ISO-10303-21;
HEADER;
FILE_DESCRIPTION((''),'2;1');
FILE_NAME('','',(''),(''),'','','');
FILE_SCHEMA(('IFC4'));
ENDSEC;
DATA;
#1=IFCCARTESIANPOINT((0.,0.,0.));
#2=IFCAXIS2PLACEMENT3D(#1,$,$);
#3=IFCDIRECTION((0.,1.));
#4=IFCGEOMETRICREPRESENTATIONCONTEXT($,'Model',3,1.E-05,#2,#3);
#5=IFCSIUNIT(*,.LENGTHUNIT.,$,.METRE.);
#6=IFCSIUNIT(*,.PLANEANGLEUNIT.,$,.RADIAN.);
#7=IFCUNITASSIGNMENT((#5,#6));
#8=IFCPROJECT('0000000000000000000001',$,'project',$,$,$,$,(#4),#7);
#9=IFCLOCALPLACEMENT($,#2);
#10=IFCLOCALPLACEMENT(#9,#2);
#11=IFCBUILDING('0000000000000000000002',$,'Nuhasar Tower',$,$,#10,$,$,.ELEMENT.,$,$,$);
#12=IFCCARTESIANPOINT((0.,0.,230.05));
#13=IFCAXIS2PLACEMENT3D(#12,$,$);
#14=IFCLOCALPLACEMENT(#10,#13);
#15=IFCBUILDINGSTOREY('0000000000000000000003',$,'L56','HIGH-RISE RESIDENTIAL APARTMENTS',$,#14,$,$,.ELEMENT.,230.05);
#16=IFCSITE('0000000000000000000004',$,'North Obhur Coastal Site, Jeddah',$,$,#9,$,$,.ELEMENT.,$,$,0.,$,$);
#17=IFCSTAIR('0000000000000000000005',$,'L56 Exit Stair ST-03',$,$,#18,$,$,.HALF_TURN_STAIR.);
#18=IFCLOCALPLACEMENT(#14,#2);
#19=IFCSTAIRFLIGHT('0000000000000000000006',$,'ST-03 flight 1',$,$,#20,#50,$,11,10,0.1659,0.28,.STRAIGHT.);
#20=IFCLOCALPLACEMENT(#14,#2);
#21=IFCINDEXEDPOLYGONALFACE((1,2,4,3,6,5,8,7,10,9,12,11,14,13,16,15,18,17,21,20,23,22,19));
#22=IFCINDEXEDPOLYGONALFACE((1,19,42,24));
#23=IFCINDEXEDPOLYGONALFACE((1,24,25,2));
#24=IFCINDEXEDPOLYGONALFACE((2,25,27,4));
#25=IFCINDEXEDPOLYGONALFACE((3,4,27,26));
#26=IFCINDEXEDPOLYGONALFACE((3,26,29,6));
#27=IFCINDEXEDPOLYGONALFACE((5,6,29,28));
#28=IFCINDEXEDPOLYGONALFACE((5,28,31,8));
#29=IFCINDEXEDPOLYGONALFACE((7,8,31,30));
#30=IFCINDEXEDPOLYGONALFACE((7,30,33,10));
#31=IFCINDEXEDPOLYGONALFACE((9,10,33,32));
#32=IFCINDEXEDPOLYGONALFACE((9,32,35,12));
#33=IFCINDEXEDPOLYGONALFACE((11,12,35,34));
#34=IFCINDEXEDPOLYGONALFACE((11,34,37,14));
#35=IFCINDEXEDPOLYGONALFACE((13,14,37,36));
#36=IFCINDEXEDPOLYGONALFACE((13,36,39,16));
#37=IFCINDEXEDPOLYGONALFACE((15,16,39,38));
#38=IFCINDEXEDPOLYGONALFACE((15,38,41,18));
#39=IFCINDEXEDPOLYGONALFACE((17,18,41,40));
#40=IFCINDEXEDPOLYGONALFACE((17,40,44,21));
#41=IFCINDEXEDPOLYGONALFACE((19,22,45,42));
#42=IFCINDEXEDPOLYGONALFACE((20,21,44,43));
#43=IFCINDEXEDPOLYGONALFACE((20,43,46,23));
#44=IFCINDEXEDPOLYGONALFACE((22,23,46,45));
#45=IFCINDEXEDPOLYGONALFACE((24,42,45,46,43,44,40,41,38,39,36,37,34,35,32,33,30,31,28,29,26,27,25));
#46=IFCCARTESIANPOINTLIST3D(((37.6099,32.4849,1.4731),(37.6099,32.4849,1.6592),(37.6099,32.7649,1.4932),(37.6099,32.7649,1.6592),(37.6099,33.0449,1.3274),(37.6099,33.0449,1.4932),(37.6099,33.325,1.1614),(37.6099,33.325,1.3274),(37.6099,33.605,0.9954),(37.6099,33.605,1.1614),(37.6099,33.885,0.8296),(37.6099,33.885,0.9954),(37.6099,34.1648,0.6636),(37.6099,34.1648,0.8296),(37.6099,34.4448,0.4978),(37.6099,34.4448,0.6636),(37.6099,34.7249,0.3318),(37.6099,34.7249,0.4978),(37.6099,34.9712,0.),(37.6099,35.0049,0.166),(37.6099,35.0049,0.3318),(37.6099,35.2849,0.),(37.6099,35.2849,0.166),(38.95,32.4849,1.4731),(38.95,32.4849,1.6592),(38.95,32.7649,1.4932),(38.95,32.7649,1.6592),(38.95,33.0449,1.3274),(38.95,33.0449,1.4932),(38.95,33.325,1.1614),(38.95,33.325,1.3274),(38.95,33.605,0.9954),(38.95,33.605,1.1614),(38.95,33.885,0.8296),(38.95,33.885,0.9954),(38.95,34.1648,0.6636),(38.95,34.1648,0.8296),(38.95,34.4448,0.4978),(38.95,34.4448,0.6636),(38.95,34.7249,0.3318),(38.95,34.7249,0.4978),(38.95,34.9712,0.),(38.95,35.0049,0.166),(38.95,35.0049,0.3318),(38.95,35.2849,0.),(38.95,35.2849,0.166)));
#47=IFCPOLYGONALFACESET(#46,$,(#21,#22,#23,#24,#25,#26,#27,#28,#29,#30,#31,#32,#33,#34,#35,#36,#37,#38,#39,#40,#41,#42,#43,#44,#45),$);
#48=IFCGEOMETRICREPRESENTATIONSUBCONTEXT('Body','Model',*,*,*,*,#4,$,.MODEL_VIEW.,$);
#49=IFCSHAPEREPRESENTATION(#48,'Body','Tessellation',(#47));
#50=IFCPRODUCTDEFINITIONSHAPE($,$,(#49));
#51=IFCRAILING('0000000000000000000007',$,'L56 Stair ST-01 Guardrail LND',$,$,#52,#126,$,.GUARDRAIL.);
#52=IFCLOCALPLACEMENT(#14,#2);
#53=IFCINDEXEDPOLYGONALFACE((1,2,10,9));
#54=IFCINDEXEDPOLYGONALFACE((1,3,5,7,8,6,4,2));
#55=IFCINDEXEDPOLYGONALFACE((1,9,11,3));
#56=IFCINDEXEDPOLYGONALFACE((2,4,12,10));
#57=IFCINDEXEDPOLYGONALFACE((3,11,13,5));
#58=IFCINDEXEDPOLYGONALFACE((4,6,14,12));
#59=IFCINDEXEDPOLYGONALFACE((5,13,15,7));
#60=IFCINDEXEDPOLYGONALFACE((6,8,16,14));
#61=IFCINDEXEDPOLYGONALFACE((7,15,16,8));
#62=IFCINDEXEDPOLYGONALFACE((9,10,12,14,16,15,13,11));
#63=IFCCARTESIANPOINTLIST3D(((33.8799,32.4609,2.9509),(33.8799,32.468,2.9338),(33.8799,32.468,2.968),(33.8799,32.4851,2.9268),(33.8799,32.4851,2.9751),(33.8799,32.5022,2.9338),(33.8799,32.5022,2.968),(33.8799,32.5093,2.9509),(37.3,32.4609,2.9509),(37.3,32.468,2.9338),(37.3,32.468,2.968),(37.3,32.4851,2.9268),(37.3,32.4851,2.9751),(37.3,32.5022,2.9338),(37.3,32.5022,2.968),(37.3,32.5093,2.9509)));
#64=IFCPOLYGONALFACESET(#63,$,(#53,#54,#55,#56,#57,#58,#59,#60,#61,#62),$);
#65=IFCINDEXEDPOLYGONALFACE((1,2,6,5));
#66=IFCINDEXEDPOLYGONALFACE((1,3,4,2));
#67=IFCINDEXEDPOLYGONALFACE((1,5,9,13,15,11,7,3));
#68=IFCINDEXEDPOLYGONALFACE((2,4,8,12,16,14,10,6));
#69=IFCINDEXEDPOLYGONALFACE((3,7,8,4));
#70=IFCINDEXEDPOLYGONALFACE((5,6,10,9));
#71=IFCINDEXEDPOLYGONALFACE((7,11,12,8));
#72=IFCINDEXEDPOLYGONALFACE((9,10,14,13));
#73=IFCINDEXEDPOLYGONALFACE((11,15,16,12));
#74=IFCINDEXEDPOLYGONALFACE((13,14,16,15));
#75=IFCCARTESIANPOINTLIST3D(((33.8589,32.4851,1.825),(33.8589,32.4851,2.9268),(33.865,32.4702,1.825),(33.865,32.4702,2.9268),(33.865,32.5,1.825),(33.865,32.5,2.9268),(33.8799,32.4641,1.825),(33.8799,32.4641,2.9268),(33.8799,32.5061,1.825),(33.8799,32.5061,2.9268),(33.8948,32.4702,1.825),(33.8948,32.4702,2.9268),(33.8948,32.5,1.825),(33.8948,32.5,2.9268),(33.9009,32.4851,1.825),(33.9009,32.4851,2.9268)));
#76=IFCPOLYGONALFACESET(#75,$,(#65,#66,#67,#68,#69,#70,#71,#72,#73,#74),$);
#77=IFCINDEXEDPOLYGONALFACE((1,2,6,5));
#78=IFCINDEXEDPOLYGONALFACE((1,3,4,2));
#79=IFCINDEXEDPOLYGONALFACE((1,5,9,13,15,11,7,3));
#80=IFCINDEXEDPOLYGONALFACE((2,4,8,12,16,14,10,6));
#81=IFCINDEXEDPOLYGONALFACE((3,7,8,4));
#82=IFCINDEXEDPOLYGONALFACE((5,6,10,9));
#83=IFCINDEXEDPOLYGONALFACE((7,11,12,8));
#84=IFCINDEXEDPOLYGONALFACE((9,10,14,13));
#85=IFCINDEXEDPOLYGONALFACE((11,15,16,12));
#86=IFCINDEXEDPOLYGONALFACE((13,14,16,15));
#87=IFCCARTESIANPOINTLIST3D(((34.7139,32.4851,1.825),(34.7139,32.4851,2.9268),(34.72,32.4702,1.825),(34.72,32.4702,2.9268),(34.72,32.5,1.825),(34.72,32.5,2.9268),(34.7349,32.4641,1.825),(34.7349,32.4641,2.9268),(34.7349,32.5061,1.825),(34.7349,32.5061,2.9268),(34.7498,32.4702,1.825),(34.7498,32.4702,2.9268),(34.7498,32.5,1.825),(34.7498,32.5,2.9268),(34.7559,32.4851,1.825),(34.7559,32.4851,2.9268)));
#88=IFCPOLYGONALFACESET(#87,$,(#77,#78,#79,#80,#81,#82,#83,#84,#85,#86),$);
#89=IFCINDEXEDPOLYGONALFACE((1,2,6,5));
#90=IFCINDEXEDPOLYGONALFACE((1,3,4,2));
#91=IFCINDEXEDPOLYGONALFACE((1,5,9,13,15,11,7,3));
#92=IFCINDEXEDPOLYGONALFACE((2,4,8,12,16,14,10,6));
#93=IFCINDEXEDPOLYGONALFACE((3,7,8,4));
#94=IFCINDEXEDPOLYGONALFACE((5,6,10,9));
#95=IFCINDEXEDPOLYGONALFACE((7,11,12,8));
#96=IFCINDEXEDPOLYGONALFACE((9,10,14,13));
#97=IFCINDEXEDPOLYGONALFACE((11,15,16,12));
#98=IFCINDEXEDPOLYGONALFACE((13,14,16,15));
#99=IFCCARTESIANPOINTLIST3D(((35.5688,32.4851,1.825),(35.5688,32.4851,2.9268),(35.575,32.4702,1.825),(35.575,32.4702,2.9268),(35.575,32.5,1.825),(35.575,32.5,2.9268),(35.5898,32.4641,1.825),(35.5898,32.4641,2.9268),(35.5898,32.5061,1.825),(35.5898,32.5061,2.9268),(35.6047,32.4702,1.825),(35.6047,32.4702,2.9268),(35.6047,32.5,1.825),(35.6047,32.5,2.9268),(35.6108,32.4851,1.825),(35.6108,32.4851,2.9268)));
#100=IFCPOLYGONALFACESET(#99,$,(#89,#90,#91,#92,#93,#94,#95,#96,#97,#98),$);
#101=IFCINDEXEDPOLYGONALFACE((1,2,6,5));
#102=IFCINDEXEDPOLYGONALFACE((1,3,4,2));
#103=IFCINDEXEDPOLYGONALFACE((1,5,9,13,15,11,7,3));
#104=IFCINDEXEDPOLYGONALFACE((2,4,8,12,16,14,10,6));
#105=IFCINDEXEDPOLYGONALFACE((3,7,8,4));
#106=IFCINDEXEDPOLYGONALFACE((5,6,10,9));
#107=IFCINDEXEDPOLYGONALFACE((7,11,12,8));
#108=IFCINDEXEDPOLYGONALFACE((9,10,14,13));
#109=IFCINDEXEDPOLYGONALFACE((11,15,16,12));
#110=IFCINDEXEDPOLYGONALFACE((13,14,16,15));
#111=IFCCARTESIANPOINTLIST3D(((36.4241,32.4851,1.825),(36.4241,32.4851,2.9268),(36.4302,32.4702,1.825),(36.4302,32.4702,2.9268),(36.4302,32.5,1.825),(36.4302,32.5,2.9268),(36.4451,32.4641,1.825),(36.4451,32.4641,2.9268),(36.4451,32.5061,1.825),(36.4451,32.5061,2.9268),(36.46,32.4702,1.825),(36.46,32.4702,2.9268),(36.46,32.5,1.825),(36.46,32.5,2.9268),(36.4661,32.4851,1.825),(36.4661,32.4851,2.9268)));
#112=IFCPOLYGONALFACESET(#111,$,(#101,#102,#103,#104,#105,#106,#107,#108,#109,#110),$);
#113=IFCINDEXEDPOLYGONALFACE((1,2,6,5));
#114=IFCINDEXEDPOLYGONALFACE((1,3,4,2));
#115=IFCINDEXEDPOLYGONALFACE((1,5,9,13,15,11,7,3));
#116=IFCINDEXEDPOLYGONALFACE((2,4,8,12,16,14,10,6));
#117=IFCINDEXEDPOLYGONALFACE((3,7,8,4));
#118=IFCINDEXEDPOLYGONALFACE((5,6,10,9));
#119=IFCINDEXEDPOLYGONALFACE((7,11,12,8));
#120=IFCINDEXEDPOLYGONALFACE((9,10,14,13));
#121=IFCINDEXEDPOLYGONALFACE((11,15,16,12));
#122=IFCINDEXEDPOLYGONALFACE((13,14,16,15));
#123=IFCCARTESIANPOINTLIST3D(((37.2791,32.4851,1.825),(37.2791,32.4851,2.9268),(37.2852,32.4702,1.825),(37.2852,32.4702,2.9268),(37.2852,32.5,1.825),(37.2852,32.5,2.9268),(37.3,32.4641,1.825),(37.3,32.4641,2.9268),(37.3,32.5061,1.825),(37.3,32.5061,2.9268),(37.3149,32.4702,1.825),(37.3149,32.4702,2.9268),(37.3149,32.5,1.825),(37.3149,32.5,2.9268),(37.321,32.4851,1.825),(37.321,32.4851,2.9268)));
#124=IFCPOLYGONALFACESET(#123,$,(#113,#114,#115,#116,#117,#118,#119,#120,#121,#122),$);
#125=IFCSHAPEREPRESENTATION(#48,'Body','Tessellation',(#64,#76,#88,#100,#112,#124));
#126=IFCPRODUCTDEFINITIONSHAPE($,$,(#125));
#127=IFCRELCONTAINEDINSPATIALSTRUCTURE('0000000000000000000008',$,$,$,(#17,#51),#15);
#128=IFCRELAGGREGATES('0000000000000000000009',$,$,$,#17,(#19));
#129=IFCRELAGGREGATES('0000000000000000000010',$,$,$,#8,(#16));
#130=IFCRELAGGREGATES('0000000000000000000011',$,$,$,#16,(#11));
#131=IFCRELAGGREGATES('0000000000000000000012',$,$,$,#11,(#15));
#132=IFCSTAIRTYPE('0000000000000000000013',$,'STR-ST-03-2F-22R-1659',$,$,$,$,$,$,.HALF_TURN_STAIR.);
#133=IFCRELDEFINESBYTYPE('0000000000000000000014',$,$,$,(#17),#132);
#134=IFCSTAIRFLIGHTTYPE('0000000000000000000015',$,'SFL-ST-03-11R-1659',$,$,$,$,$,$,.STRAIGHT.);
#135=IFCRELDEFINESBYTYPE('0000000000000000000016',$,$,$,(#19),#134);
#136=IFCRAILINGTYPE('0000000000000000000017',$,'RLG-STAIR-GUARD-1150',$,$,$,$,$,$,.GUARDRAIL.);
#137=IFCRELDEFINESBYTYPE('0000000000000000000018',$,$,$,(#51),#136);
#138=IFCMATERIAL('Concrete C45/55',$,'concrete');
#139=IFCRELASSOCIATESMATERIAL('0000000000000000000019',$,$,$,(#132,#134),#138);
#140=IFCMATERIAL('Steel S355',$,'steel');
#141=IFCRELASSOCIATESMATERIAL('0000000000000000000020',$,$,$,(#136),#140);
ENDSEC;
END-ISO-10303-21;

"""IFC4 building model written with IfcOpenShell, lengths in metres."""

from ifc_helpers import new_model, si_unit, direction, frame, origin, place, context, subcontext, project, spatial, polyline, outline, extrude, material, type_object, element, aggregate, save


model = new_model("IFC4")

# Units and contexts
model_context = context("Model", 3, precision=1e-05, world=origin(), true_north=direction((0.0, 1.0)))
body_context = subcontext(model_context, "Body", "Model", "MODEL_VIEW")
ifc_project = project(units=[si_unit("LENGTHUNIT", "METRE"), si_unit("PLANEANGLEUNIT", "RADIAN")], contexts=[model_context])

# Site, building, storey
site_placement = place(None, origin())
site = spatial("IfcSite", under=ifc_project, at=site_placement, Name="North Obhur Coastal Site, Jeddah", CompositionType="ELEMENT", RefElevation=0.0)
building_placement = place(site_placement, origin())
building = spatial("IfcBuilding", under=site, at=building_placement, Name="Nuhasar Tower", CompositionType="ELEMENT")
storey_placement = place(building_placement, frame((0.0, 0.0, 230.05)))
storey = spatial("IfcBuildingStorey", under=building, at=storey_placement, Name="L56", Description="HIGH-RISE RESIDENTIAL APARTMENTS", CompositionType="ELEMENT", Elevation=230.05)

# Shared definitions
ifc_material_1 = material(Name="Steel S355", Category="steel")

# Shared definitions
ifc_material_2 = material(Name="Concrete C45/55", Category="concrete")

# Stair, stair flight
stair_type_1 = type_object("IfcStairType", Name="STR-ST-03-2F-22R-1659", PredefinedType="HALF_TURN_STAIR", material=ifc_material_2)
stair_1_placement = place(storey_placement, origin())
stair_1 = element("IfcStair", 1, at=stair_1_placement, inside=storey, type_object=stair_type_1, Name="L56 Exit Stair ST-03", PredefinedType="HALF_TURN_STAIR")
stair_flight_type_1 = type_object("IfcStairFlightType", Name="SFL-ST-03-11R-1659", PredefinedType="STRAIGHT", material=ifc_material_2)
stair_flight_1_placement = place(storey_placement, frame((38.28, 35.2849, 0.0), z_axis=(0.0, 0.0, 1.0), x_axis=(0.0, -1.0, 0.0)))
stair_flight_1 = element("IfcStairFlight", 2, at=stair_flight_1_placement, type_object=stair_flight_type_1, Name="ST-03 flight 1", NumberOfRisers=11, NumberOfTreads=10, PredefinedType="STRAIGHT", RiserHeight=0.1659, TreadLength=0.28, context=body_context, shape_type="SweptSolid", body=[
    extrude(outline(polyline([(0.0, 0.0), (0.0, 0.166), (0.28, 0.166), (0.28, 0.3318), (0.5601, 0.3318), (0.5601, 0.4978), (0.8401, 0.4978), (0.8401, 0.6636), (1.1201, 0.6636), (1.1201, 0.8296), (1.3999, 0.8296), (1.3999, 0.9954), (1.6799, 0.9954), (1.6799, 1.1614), (1.96, 1.1614), (1.96, 1.3274), (2.24, 1.3274), (2.24, 1.4932), (2.52, 1.4932), (2.52, 1.6592), (2.8, 1.6592), (2.8, 1.825), (2.8, 1.4731), (0.3137, 0.0), (0.0, 0.0)])), frame((0.0, 0.6699, 0.0), z_axis=(0.0, -1.0, 0.0), x_axis=(1.0, 0.0, 0.0)), (0.0, 0.0, 1.0), 1.3401),
])
aggregate(stair_1, [stair_flight_1])

# Railing
railing_type_1 = type_object("IfcRailingType", Name="RLG-STAIR-GUARD-1150", PredefinedType="GUARDRAIL", material=ifc_material_1)
railing_1_placement = place(storey_placement, frame((33.8799, 32.4851, 1.825)))
element("IfcRailing", 3, at=railing_1_placement, inside=storey, type_object=railing_type_1, Name="L56 Stair ST-01 Guardrail LND", PredefinedType="GUARDRAIL", context=body_context, shape_type="SweptSolid", body=[
    extrude(outline(polyline([(0.0242, 0.0), (0.0171, 0.0171), (0.0, 0.0242), (-0.0171, 0.0171), (-0.0242, 0.0), (-0.0171, -0.0171), (0.0, -0.0242), (0.0171, -0.0171), (0.0242, 0.0)])), frame((0.0, 0.0, 1.126), z_axis=(1.0, 0.0, 0.0), x_axis=(0.0, 1.0, 0.0)), (0.0, 0.0, 1.0), 3.4202),
    extrude(outline(polyline([(0.021, 0.0), (0.0149, 0.0149), (0.0, 0.021), (-0.0149, 0.0149), (-0.021, 0.0), (-0.0149, -0.0149), (0.0, -0.021), (0.0149, -0.0149), (0.021, 0.0)])), origin(), (0.0, 0.0, 1.0), 1.1018),
    extrude(outline(polyline([(0.021, 0.0), (0.0149, 0.0149), (0.0, 0.021), (-0.0149, 0.0149), (-0.021, 0.0), (-0.0149, -0.0149), (0.0, -0.021), (0.0149, -0.0149), (0.021, 0.0)])), frame((0.855, 0.0, 0.0)), (0.0, 0.0, 1.0), 1.1018),
    extrude(outline(polyline([(0.021, 0.0), (0.0149, 0.0149), (0.0, 0.021), (-0.0149, 0.0149), (-0.021, 0.0), (-0.0149, -0.0149), (0.0, -0.021), (0.0149, -0.0149), (0.021, 0.0)])), frame((1.71, 0.0, 0.0)), (0.0, 0.0, 1.0), 1.1018),
    extrude(outline(polyline([(0.021, 0.0), (0.0149, 0.0149), (0.0, 0.021), (-0.0149, 0.0149), (-0.021, 0.0), (-0.0149, -0.0149), (0.0, -0.021), (0.0149, -0.0149), (0.021, 0.0)])), frame((2.5652, 0.0, 0.0)), (0.0, 0.0, 1.0), 1.1018),
    extrude(outline(polyline([(0.021, 0.0), (0.0149, 0.0149), (0.0, 0.021), (-0.0149, 0.0149), (-0.021, 0.0), (-0.0149, -0.0149), (0.0, -0.021), (0.0149, -0.0149), (0.021, 0.0)])), frame((3.4202, 0.0, 0.0)), (0.0, 0.0, 1.0), 1.1018),
])

save(model, "model.ifc")
